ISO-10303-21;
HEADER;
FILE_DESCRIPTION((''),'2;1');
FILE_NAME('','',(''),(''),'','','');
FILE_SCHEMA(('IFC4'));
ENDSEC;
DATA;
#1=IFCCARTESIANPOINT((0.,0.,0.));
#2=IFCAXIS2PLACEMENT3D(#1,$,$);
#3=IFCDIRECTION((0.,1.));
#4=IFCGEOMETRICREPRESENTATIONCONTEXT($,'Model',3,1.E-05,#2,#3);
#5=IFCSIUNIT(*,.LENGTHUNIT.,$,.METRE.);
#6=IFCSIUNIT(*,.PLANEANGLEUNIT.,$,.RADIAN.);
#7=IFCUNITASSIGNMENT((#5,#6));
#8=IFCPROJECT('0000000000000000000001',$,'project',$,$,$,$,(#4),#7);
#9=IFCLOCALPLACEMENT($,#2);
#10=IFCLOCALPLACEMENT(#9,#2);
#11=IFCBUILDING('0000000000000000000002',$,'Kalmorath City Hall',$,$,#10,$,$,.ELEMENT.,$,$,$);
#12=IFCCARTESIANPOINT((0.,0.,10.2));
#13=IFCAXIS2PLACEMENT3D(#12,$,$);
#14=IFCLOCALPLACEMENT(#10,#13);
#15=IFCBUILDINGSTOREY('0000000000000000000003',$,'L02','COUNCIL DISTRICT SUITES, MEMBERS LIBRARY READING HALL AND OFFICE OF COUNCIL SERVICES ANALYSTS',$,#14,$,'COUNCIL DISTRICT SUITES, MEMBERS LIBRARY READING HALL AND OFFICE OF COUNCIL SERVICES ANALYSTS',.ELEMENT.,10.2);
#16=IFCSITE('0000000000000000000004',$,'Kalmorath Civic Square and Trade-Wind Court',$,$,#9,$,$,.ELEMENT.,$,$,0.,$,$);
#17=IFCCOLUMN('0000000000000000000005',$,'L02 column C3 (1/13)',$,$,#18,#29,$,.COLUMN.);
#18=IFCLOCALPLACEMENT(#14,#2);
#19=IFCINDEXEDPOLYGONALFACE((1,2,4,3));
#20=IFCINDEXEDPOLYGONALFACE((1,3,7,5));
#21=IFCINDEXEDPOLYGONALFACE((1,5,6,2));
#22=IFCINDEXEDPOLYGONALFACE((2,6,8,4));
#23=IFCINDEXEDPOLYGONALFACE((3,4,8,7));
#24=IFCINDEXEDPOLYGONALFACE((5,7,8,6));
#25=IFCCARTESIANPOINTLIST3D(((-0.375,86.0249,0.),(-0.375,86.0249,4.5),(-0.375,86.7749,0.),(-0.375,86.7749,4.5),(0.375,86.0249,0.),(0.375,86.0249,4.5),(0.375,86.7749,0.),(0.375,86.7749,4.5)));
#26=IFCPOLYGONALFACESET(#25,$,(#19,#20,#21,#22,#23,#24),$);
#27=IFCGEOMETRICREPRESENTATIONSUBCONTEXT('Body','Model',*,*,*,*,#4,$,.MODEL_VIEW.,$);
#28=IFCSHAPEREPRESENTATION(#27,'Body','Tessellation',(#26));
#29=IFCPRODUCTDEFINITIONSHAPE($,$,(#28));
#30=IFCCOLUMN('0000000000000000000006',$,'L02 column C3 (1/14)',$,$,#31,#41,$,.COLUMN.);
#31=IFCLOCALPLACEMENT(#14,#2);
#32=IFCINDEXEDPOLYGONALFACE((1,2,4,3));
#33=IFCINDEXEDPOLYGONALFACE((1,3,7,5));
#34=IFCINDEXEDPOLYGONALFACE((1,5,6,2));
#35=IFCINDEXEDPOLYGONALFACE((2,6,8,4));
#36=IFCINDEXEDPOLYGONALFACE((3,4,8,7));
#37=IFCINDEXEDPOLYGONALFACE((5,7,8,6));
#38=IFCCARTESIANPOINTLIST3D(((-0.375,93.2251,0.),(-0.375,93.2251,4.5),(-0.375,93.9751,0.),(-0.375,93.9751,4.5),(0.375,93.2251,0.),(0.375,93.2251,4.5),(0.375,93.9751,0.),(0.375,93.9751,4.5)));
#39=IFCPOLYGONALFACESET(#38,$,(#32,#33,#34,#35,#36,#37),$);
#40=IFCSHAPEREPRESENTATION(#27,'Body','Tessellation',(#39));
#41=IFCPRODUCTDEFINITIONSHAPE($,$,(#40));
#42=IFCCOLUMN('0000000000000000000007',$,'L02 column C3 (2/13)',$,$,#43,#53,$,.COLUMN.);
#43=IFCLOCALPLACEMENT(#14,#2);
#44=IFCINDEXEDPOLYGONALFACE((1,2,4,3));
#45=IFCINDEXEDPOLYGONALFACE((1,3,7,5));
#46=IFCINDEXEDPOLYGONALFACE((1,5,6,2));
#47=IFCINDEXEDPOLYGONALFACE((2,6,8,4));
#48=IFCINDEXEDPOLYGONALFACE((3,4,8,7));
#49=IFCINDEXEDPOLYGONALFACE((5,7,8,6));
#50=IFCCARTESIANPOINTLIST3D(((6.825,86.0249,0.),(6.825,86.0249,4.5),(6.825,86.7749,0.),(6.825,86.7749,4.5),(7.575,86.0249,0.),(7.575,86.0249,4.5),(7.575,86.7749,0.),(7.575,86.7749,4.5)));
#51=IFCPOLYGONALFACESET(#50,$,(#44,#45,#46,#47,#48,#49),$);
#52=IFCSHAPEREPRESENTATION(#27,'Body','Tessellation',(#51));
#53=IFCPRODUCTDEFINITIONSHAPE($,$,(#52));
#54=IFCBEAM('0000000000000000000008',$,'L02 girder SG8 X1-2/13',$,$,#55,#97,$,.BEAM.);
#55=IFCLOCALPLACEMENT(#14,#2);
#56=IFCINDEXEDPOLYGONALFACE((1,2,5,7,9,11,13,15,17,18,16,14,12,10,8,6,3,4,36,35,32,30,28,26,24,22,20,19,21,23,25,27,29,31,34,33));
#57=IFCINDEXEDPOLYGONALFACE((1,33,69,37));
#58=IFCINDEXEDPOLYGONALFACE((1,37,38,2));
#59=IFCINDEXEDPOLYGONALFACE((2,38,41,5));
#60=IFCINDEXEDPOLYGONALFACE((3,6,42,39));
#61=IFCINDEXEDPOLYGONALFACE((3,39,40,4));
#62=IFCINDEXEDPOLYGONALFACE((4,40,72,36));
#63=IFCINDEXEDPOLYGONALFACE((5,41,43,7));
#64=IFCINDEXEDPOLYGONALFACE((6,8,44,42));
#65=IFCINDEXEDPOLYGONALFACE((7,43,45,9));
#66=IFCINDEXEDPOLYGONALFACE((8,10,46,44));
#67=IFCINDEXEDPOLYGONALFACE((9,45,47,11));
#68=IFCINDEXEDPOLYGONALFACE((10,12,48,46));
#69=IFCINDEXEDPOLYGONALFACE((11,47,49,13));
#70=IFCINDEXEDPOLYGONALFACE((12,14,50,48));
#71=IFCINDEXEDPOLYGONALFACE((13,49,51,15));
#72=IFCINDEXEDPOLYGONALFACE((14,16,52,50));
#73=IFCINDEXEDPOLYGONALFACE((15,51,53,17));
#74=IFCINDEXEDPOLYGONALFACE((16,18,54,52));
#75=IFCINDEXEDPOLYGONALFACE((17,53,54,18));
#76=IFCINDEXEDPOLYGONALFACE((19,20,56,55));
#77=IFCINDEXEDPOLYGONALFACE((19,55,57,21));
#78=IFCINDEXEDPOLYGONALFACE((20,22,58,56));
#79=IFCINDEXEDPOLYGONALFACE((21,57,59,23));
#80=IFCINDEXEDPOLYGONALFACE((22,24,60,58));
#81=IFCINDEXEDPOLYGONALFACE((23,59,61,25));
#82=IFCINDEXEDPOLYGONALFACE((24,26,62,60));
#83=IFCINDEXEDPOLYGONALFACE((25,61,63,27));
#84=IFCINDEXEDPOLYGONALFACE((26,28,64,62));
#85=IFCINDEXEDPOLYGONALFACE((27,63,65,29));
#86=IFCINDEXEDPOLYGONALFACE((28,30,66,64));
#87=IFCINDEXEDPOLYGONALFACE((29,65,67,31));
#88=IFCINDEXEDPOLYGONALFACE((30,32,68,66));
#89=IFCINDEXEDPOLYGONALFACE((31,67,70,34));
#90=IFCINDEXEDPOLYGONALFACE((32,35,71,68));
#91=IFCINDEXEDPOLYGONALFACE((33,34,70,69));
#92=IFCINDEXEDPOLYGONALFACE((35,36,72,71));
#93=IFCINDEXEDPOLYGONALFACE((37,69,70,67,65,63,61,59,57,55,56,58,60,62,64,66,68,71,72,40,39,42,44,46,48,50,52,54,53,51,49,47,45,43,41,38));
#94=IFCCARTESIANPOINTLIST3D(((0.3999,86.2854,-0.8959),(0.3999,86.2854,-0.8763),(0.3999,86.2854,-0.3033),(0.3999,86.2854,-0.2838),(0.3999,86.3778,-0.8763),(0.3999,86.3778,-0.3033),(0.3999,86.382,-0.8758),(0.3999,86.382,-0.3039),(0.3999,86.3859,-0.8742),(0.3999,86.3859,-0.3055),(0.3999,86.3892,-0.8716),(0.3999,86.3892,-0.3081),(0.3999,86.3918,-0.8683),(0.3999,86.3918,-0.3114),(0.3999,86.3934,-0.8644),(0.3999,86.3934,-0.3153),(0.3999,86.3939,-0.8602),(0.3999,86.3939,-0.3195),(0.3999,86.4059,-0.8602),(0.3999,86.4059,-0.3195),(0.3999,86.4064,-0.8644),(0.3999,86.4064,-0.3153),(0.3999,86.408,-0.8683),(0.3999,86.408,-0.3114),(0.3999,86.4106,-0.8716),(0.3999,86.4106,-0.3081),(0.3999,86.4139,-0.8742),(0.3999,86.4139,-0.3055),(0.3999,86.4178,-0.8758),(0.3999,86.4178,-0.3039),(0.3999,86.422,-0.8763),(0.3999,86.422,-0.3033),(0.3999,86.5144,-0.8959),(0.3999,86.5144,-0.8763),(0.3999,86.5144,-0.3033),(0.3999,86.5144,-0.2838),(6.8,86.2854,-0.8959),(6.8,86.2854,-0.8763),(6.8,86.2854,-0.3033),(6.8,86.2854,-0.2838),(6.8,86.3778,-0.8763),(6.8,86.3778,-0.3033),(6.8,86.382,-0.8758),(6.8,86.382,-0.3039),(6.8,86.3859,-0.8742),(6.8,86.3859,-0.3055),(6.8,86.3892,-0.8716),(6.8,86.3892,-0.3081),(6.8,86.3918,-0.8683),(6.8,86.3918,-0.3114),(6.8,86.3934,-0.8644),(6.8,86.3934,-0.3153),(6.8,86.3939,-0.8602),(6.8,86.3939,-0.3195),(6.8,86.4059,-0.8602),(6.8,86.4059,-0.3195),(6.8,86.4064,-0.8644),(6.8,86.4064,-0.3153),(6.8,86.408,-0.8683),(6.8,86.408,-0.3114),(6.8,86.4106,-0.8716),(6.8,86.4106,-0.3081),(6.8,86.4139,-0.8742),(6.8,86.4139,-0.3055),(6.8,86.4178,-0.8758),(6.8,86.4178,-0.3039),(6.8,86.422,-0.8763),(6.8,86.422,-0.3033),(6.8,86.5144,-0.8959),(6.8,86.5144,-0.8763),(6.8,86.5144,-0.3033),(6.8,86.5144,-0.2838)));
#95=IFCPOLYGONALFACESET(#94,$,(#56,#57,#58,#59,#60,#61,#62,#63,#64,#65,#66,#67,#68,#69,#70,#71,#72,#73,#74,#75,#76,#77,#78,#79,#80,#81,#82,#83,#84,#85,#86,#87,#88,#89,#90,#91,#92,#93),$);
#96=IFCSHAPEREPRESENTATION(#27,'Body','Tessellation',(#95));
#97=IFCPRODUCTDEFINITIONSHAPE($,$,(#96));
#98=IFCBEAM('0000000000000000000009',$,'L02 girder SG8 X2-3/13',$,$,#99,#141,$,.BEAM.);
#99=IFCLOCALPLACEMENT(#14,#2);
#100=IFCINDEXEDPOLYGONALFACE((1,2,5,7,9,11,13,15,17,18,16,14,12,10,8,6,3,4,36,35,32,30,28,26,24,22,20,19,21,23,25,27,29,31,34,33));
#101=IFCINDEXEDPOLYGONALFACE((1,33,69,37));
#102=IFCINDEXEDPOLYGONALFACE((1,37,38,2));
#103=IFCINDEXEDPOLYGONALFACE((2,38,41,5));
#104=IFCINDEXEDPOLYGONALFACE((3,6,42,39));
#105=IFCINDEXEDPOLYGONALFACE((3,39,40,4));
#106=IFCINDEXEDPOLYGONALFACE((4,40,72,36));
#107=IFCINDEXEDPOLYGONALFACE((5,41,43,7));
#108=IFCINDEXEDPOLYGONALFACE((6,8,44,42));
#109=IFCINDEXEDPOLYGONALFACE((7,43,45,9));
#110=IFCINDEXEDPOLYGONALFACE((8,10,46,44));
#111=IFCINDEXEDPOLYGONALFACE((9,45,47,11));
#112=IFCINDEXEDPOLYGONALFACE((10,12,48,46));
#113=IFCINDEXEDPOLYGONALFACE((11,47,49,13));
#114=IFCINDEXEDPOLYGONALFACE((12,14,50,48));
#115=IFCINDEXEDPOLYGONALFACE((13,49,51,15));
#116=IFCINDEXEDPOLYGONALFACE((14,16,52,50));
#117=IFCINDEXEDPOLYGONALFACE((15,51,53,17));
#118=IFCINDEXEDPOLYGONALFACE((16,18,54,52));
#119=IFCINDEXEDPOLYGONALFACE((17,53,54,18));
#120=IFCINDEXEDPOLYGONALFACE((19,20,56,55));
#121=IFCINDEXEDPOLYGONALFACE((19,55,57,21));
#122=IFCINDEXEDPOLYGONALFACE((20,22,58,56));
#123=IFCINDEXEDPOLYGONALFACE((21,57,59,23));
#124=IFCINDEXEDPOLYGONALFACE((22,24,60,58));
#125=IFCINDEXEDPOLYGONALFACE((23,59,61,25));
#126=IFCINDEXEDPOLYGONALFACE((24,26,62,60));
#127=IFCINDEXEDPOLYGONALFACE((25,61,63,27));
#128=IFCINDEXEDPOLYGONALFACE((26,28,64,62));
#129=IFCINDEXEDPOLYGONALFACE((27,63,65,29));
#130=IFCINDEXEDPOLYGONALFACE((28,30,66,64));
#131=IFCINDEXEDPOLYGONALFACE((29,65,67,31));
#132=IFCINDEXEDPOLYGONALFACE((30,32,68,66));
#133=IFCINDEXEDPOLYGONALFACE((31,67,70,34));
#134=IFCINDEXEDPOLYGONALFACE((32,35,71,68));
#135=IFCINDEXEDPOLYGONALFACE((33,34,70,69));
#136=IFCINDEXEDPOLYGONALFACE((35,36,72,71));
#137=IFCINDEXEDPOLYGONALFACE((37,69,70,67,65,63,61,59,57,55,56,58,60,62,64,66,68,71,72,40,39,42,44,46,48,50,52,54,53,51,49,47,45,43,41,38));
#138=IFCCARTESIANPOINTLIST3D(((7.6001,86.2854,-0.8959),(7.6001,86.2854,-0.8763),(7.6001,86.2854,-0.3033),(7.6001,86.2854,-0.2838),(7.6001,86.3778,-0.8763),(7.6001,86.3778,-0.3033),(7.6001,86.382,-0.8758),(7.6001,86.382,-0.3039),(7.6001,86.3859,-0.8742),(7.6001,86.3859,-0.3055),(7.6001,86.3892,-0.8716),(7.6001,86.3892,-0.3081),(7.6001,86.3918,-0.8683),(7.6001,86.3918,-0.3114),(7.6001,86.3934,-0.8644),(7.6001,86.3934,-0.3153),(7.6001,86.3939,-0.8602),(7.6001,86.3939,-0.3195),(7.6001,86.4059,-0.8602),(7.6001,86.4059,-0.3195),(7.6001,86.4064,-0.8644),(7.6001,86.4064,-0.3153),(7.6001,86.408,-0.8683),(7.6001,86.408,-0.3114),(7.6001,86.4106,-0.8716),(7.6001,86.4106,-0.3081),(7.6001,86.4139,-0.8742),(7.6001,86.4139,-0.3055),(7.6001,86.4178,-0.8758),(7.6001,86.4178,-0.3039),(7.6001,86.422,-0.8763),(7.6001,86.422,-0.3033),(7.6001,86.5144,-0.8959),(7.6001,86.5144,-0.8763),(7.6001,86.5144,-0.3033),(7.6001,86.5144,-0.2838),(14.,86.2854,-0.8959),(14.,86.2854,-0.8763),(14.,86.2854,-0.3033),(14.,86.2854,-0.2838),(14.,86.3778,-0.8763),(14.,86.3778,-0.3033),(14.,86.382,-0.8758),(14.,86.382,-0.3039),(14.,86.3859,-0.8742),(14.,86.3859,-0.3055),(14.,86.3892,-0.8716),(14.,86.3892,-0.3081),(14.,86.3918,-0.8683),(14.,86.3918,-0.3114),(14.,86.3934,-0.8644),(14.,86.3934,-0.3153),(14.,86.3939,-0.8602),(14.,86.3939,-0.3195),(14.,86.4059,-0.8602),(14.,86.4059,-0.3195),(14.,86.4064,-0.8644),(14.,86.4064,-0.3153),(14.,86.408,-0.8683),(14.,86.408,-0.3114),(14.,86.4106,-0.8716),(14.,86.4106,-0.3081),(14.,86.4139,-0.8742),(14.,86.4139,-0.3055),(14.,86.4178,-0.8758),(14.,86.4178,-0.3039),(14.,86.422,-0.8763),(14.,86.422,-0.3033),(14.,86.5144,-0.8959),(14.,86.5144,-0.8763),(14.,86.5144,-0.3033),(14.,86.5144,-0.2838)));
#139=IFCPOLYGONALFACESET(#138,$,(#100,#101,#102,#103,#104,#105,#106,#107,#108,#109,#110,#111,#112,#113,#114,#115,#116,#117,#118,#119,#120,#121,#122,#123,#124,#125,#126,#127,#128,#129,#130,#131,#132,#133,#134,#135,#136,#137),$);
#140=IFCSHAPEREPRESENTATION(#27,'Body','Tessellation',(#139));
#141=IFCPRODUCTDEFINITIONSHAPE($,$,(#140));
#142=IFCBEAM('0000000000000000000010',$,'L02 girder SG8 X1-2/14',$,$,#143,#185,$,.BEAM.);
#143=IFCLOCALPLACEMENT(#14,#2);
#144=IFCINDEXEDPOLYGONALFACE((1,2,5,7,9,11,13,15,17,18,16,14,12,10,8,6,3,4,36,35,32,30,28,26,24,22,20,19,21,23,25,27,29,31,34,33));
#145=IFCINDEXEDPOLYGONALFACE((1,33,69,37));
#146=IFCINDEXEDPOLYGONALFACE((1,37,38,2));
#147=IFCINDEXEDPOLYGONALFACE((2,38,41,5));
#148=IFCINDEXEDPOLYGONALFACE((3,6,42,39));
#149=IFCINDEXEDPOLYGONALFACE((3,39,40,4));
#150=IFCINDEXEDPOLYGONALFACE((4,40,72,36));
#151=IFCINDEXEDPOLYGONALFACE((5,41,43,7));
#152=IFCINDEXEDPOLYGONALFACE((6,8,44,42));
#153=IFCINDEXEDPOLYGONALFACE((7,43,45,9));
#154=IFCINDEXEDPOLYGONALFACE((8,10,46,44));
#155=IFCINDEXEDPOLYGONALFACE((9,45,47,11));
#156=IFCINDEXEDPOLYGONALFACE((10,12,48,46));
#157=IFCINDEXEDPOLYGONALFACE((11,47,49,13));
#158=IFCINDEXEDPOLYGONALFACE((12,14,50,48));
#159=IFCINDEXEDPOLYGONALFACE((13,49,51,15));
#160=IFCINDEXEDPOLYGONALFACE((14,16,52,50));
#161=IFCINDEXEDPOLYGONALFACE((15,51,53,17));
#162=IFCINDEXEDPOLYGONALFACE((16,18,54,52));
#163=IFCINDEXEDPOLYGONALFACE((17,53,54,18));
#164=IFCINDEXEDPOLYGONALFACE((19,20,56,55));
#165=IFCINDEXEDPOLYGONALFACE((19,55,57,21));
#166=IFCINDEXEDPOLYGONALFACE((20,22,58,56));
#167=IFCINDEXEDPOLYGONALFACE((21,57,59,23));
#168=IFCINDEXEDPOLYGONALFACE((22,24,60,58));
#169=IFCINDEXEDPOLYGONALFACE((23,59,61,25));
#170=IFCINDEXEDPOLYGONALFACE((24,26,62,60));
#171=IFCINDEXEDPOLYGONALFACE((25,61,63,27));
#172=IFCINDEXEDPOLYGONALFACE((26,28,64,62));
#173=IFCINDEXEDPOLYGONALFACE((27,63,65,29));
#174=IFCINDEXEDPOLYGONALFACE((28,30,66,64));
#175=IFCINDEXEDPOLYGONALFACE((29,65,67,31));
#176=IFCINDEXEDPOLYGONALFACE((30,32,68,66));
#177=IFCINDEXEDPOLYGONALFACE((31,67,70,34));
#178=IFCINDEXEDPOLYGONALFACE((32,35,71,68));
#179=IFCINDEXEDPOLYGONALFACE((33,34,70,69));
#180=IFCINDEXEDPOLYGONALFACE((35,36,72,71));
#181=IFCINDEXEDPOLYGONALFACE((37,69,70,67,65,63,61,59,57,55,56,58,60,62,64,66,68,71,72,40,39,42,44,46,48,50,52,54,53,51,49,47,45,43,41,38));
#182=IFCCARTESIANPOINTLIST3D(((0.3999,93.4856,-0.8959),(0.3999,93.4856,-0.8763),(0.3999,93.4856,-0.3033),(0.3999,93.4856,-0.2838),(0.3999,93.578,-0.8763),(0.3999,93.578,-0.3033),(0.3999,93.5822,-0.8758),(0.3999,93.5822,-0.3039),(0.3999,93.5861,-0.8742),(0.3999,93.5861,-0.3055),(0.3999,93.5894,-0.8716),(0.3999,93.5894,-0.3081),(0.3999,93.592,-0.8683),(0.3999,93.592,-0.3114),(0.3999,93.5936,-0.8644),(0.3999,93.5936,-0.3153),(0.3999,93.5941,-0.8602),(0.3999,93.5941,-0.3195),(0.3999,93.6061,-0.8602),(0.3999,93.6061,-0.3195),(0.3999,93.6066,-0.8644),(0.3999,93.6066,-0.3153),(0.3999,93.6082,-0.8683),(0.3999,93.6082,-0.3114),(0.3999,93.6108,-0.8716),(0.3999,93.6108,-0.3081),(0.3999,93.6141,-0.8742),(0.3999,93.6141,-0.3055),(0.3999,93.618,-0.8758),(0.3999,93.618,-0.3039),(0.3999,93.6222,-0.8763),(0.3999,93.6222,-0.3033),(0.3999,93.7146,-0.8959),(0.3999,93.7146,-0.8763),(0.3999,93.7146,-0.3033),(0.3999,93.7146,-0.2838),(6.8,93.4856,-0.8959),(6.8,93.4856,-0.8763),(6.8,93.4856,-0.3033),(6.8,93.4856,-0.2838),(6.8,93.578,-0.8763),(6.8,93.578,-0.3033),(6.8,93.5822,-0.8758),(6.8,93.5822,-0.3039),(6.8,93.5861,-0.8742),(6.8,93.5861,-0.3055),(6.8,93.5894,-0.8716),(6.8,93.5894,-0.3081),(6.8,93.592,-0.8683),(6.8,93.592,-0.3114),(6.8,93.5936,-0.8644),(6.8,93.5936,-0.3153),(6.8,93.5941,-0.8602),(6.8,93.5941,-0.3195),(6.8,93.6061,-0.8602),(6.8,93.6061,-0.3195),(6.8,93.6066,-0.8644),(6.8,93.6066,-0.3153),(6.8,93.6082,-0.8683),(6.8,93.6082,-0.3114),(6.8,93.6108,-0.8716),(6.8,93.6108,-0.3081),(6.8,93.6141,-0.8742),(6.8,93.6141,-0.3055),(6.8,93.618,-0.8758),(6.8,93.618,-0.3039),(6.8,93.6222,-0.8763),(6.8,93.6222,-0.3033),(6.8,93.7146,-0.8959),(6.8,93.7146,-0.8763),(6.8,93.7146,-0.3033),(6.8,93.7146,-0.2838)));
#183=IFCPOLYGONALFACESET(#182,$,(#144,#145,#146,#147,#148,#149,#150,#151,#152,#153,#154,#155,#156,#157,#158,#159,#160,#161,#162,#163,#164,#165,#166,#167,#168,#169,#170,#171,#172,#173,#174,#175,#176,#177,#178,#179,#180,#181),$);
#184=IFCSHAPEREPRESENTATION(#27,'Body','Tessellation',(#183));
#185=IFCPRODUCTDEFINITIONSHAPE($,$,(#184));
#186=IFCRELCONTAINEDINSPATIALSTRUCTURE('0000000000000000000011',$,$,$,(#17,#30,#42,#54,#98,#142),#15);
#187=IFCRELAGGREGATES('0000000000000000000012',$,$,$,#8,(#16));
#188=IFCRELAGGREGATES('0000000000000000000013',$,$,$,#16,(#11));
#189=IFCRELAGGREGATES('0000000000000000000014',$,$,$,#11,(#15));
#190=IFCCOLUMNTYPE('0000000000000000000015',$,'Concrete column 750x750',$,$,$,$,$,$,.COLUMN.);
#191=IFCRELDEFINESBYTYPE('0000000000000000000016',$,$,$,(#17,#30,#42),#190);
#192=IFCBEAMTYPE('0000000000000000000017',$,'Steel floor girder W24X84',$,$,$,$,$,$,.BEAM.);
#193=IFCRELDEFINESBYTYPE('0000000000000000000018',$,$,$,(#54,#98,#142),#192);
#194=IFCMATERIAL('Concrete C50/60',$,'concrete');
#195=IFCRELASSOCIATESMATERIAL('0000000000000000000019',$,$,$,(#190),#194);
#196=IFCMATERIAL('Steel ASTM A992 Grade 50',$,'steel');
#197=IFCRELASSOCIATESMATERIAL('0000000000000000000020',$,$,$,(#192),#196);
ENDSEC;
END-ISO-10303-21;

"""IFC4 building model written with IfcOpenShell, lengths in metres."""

from ifc_helpers import new_model, si_unit, direction, frame, origin, origin_2d, place, context, subcontext, project, spatial, rectangle, i_section, extrude, material, material_profile, profile_set, type_object, element, save


model = new_model("IFC4")

# Units and contexts
model_context = context("Model", 3, precision=1e-05, world=origin(), true_north=direction((0.0, 1.0)))
body_context = subcontext(model_context, "Body", "Model", "MODEL_VIEW")
ifc_project = project(units=[si_unit("LENGTHUNIT", "METRE"), si_unit("PLANEANGLEUNIT", "RADIAN")], contexts=[model_context])

# Site, building, storey
site_placement = place(None, origin())
site = spatial("IfcSite", under=ifc_project, at=site_placement, Name="Kalmorath Civic Square and Trade-Wind Court", CompositionType="ELEMENT", RefElevation=0.0)
building_placement = place(site_placement, origin())
building = spatial("IfcBuilding", under=site, at=building_placement, Name="Kalmorath City Hall", CompositionType="ELEMENT")
storey_placement = place(building_placement, frame((0.0, 0.0, 10.2)))
storey = spatial("IfcBuildingStorey", under=building, at=storey_placement, Name="L02", Description="COUNCIL DISTRICT SUITES, MEMBERS LIBRARY READING HALL AND OFFICE OF COUNCIL SERVICES ANALYSTS", LongName="COUNCIL DISTRICT SUITES, MEMBERS LIBRARY READING HALL AND OFFICE OF COUNCIL SERVICES ANALYSTS", CompositionType="ELEMENT", Elevation=10.2)

# Columns
ifc_material_1 = material(Name="Concrete C50/60", Category="concrete")
ifc_material_profile_1 = material_profile(ifc_material_1, rectangle(XDim=0.75, YDim=0.75, at=origin_2d()), Name="RC-COL-750X750")
ifc_profile_set_1 = profile_set([ifc_material_profile_1], Name="Concrete C50/60")
column_type = type_object("IfcColumnType", Name="Concrete column 750x750", PredefinedType="COLUMN", material=ifc_profile_set_1)
for number, where, z_axis, x_axis, name in (
    (1, (0.0, 86.3999, 0.0), (0.0, 0.0, 1.0), (1.0, 0.0, 0.0), "L02 column C3 (1/13)"),
    (2, (0.0, 93.6001, 0.0), (0.0, 0.0, 1.0), (1.0, 0.0, 0.0), "L02 column C3 (1/14)"),
    (3, (7.2, 86.3999, 0.0), (0.0, 0.0, 1.0), (1.0, 0.0, 0.0), "L02 column C3 (2/13)"),
):
    element("IfcColumn", number, at=place(storey_placement, frame(where, z_axis=z_axis, x_axis=x_axis)), inside=storey, type_object=column_type, Name=name, PredefinedType="COLUMN", context=body_context, shape_type="SweptSolid", body=[
        extrude(rectangle(XDim=0.75, YDim=0.75, at=origin_2d()), origin(), (0.0, 0.0, 1.0), 4.5),
    ])

# Beams
ifc_material_2 = material(Name="Steel ASTM A992 Grade 50", Category="steel")
ifc_material_profile_2 = material_profile(ifc_material_2, i_section(OverallWidth=0.229, OverallDepth=0.6121, WebThickness=0.012, FlangeThickness=0.0195, FilletRadius=0.0161, at=origin_2d()), Name="W24X84")
ifc_profile_set_2 = profile_set([ifc_material_profile_2], Name="Steel ASTM A992 Grade 50")
beam_type_1 = type_object("IfcBeamType", Name="Steel floor girder W24X84", PredefinedType="BEAM", material=ifc_profile_set_2)
beam_1_placement = place(storey_placement, frame((0.3999, 86.3999, -0.5898), z_axis=(1.0, 0.0, 0.0), x_axis=(0.0, 1.0, 0.0)))
element("IfcBeam", 4, at=beam_1_placement, inside=storey, type_object=beam_type_1, Name="L02 girder SG8 X1-2/13", PredefinedType="BEAM", context=body_context, shape_type="SweptSolid", body=[
    extrude(i_section(OverallWidth=0.229, OverallDepth=0.6121, WebThickness=0.012, FlangeThickness=0.0195, FilletRadius=0.0161, at=origin_2d()), origin(), (0.0, 0.0, 1.0), 6.4001),
])
beam_2_placement = place(storey_placement, frame((7.6001, 86.3999, -0.5898), z_axis=(1.0, 0.0, 0.0), x_axis=(0.0, 1.0, 0.0)))
element("IfcBeam", 5, at=beam_2_placement, inside=storey, type_object=beam_type_1, Name="L02 girder SG8 X2-3/13", PredefinedType="BEAM", context=body_context, shape_type="SweptSolid", body=[
    extrude(i_section(OverallWidth=0.229, OverallDepth=0.6121, WebThickness=0.012, FlangeThickness=0.0195, FilletRadius=0.0161, at=origin_2d()), origin(), (0.0, 0.0, 1.0), 6.3999),
])
beam_3_placement = place(storey_placement, frame((0.3999, 93.6001, -0.5898), z_axis=(1.0, 0.0, 0.0), x_axis=(0.0, 1.0, 0.0)))
element("IfcBeam", 6, at=beam_3_placement, inside=storey, type_object=beam_type_1, Name="L02 girder SG8 X1-2/14", PredefinedType="BEAM", context=body_context, shape_type="SweptSolid", body=[
    extrude(i_section(OverallWidth=0.229, OverallDepth=0.6121, WebThickness=0.012, FlangeThickness=0.0195, FilletRadius=0.0161, at=origin_2d()), origin(), (0.0, 0.0, 1.0), 6.4001),
])

save(model, "model.ifc")
